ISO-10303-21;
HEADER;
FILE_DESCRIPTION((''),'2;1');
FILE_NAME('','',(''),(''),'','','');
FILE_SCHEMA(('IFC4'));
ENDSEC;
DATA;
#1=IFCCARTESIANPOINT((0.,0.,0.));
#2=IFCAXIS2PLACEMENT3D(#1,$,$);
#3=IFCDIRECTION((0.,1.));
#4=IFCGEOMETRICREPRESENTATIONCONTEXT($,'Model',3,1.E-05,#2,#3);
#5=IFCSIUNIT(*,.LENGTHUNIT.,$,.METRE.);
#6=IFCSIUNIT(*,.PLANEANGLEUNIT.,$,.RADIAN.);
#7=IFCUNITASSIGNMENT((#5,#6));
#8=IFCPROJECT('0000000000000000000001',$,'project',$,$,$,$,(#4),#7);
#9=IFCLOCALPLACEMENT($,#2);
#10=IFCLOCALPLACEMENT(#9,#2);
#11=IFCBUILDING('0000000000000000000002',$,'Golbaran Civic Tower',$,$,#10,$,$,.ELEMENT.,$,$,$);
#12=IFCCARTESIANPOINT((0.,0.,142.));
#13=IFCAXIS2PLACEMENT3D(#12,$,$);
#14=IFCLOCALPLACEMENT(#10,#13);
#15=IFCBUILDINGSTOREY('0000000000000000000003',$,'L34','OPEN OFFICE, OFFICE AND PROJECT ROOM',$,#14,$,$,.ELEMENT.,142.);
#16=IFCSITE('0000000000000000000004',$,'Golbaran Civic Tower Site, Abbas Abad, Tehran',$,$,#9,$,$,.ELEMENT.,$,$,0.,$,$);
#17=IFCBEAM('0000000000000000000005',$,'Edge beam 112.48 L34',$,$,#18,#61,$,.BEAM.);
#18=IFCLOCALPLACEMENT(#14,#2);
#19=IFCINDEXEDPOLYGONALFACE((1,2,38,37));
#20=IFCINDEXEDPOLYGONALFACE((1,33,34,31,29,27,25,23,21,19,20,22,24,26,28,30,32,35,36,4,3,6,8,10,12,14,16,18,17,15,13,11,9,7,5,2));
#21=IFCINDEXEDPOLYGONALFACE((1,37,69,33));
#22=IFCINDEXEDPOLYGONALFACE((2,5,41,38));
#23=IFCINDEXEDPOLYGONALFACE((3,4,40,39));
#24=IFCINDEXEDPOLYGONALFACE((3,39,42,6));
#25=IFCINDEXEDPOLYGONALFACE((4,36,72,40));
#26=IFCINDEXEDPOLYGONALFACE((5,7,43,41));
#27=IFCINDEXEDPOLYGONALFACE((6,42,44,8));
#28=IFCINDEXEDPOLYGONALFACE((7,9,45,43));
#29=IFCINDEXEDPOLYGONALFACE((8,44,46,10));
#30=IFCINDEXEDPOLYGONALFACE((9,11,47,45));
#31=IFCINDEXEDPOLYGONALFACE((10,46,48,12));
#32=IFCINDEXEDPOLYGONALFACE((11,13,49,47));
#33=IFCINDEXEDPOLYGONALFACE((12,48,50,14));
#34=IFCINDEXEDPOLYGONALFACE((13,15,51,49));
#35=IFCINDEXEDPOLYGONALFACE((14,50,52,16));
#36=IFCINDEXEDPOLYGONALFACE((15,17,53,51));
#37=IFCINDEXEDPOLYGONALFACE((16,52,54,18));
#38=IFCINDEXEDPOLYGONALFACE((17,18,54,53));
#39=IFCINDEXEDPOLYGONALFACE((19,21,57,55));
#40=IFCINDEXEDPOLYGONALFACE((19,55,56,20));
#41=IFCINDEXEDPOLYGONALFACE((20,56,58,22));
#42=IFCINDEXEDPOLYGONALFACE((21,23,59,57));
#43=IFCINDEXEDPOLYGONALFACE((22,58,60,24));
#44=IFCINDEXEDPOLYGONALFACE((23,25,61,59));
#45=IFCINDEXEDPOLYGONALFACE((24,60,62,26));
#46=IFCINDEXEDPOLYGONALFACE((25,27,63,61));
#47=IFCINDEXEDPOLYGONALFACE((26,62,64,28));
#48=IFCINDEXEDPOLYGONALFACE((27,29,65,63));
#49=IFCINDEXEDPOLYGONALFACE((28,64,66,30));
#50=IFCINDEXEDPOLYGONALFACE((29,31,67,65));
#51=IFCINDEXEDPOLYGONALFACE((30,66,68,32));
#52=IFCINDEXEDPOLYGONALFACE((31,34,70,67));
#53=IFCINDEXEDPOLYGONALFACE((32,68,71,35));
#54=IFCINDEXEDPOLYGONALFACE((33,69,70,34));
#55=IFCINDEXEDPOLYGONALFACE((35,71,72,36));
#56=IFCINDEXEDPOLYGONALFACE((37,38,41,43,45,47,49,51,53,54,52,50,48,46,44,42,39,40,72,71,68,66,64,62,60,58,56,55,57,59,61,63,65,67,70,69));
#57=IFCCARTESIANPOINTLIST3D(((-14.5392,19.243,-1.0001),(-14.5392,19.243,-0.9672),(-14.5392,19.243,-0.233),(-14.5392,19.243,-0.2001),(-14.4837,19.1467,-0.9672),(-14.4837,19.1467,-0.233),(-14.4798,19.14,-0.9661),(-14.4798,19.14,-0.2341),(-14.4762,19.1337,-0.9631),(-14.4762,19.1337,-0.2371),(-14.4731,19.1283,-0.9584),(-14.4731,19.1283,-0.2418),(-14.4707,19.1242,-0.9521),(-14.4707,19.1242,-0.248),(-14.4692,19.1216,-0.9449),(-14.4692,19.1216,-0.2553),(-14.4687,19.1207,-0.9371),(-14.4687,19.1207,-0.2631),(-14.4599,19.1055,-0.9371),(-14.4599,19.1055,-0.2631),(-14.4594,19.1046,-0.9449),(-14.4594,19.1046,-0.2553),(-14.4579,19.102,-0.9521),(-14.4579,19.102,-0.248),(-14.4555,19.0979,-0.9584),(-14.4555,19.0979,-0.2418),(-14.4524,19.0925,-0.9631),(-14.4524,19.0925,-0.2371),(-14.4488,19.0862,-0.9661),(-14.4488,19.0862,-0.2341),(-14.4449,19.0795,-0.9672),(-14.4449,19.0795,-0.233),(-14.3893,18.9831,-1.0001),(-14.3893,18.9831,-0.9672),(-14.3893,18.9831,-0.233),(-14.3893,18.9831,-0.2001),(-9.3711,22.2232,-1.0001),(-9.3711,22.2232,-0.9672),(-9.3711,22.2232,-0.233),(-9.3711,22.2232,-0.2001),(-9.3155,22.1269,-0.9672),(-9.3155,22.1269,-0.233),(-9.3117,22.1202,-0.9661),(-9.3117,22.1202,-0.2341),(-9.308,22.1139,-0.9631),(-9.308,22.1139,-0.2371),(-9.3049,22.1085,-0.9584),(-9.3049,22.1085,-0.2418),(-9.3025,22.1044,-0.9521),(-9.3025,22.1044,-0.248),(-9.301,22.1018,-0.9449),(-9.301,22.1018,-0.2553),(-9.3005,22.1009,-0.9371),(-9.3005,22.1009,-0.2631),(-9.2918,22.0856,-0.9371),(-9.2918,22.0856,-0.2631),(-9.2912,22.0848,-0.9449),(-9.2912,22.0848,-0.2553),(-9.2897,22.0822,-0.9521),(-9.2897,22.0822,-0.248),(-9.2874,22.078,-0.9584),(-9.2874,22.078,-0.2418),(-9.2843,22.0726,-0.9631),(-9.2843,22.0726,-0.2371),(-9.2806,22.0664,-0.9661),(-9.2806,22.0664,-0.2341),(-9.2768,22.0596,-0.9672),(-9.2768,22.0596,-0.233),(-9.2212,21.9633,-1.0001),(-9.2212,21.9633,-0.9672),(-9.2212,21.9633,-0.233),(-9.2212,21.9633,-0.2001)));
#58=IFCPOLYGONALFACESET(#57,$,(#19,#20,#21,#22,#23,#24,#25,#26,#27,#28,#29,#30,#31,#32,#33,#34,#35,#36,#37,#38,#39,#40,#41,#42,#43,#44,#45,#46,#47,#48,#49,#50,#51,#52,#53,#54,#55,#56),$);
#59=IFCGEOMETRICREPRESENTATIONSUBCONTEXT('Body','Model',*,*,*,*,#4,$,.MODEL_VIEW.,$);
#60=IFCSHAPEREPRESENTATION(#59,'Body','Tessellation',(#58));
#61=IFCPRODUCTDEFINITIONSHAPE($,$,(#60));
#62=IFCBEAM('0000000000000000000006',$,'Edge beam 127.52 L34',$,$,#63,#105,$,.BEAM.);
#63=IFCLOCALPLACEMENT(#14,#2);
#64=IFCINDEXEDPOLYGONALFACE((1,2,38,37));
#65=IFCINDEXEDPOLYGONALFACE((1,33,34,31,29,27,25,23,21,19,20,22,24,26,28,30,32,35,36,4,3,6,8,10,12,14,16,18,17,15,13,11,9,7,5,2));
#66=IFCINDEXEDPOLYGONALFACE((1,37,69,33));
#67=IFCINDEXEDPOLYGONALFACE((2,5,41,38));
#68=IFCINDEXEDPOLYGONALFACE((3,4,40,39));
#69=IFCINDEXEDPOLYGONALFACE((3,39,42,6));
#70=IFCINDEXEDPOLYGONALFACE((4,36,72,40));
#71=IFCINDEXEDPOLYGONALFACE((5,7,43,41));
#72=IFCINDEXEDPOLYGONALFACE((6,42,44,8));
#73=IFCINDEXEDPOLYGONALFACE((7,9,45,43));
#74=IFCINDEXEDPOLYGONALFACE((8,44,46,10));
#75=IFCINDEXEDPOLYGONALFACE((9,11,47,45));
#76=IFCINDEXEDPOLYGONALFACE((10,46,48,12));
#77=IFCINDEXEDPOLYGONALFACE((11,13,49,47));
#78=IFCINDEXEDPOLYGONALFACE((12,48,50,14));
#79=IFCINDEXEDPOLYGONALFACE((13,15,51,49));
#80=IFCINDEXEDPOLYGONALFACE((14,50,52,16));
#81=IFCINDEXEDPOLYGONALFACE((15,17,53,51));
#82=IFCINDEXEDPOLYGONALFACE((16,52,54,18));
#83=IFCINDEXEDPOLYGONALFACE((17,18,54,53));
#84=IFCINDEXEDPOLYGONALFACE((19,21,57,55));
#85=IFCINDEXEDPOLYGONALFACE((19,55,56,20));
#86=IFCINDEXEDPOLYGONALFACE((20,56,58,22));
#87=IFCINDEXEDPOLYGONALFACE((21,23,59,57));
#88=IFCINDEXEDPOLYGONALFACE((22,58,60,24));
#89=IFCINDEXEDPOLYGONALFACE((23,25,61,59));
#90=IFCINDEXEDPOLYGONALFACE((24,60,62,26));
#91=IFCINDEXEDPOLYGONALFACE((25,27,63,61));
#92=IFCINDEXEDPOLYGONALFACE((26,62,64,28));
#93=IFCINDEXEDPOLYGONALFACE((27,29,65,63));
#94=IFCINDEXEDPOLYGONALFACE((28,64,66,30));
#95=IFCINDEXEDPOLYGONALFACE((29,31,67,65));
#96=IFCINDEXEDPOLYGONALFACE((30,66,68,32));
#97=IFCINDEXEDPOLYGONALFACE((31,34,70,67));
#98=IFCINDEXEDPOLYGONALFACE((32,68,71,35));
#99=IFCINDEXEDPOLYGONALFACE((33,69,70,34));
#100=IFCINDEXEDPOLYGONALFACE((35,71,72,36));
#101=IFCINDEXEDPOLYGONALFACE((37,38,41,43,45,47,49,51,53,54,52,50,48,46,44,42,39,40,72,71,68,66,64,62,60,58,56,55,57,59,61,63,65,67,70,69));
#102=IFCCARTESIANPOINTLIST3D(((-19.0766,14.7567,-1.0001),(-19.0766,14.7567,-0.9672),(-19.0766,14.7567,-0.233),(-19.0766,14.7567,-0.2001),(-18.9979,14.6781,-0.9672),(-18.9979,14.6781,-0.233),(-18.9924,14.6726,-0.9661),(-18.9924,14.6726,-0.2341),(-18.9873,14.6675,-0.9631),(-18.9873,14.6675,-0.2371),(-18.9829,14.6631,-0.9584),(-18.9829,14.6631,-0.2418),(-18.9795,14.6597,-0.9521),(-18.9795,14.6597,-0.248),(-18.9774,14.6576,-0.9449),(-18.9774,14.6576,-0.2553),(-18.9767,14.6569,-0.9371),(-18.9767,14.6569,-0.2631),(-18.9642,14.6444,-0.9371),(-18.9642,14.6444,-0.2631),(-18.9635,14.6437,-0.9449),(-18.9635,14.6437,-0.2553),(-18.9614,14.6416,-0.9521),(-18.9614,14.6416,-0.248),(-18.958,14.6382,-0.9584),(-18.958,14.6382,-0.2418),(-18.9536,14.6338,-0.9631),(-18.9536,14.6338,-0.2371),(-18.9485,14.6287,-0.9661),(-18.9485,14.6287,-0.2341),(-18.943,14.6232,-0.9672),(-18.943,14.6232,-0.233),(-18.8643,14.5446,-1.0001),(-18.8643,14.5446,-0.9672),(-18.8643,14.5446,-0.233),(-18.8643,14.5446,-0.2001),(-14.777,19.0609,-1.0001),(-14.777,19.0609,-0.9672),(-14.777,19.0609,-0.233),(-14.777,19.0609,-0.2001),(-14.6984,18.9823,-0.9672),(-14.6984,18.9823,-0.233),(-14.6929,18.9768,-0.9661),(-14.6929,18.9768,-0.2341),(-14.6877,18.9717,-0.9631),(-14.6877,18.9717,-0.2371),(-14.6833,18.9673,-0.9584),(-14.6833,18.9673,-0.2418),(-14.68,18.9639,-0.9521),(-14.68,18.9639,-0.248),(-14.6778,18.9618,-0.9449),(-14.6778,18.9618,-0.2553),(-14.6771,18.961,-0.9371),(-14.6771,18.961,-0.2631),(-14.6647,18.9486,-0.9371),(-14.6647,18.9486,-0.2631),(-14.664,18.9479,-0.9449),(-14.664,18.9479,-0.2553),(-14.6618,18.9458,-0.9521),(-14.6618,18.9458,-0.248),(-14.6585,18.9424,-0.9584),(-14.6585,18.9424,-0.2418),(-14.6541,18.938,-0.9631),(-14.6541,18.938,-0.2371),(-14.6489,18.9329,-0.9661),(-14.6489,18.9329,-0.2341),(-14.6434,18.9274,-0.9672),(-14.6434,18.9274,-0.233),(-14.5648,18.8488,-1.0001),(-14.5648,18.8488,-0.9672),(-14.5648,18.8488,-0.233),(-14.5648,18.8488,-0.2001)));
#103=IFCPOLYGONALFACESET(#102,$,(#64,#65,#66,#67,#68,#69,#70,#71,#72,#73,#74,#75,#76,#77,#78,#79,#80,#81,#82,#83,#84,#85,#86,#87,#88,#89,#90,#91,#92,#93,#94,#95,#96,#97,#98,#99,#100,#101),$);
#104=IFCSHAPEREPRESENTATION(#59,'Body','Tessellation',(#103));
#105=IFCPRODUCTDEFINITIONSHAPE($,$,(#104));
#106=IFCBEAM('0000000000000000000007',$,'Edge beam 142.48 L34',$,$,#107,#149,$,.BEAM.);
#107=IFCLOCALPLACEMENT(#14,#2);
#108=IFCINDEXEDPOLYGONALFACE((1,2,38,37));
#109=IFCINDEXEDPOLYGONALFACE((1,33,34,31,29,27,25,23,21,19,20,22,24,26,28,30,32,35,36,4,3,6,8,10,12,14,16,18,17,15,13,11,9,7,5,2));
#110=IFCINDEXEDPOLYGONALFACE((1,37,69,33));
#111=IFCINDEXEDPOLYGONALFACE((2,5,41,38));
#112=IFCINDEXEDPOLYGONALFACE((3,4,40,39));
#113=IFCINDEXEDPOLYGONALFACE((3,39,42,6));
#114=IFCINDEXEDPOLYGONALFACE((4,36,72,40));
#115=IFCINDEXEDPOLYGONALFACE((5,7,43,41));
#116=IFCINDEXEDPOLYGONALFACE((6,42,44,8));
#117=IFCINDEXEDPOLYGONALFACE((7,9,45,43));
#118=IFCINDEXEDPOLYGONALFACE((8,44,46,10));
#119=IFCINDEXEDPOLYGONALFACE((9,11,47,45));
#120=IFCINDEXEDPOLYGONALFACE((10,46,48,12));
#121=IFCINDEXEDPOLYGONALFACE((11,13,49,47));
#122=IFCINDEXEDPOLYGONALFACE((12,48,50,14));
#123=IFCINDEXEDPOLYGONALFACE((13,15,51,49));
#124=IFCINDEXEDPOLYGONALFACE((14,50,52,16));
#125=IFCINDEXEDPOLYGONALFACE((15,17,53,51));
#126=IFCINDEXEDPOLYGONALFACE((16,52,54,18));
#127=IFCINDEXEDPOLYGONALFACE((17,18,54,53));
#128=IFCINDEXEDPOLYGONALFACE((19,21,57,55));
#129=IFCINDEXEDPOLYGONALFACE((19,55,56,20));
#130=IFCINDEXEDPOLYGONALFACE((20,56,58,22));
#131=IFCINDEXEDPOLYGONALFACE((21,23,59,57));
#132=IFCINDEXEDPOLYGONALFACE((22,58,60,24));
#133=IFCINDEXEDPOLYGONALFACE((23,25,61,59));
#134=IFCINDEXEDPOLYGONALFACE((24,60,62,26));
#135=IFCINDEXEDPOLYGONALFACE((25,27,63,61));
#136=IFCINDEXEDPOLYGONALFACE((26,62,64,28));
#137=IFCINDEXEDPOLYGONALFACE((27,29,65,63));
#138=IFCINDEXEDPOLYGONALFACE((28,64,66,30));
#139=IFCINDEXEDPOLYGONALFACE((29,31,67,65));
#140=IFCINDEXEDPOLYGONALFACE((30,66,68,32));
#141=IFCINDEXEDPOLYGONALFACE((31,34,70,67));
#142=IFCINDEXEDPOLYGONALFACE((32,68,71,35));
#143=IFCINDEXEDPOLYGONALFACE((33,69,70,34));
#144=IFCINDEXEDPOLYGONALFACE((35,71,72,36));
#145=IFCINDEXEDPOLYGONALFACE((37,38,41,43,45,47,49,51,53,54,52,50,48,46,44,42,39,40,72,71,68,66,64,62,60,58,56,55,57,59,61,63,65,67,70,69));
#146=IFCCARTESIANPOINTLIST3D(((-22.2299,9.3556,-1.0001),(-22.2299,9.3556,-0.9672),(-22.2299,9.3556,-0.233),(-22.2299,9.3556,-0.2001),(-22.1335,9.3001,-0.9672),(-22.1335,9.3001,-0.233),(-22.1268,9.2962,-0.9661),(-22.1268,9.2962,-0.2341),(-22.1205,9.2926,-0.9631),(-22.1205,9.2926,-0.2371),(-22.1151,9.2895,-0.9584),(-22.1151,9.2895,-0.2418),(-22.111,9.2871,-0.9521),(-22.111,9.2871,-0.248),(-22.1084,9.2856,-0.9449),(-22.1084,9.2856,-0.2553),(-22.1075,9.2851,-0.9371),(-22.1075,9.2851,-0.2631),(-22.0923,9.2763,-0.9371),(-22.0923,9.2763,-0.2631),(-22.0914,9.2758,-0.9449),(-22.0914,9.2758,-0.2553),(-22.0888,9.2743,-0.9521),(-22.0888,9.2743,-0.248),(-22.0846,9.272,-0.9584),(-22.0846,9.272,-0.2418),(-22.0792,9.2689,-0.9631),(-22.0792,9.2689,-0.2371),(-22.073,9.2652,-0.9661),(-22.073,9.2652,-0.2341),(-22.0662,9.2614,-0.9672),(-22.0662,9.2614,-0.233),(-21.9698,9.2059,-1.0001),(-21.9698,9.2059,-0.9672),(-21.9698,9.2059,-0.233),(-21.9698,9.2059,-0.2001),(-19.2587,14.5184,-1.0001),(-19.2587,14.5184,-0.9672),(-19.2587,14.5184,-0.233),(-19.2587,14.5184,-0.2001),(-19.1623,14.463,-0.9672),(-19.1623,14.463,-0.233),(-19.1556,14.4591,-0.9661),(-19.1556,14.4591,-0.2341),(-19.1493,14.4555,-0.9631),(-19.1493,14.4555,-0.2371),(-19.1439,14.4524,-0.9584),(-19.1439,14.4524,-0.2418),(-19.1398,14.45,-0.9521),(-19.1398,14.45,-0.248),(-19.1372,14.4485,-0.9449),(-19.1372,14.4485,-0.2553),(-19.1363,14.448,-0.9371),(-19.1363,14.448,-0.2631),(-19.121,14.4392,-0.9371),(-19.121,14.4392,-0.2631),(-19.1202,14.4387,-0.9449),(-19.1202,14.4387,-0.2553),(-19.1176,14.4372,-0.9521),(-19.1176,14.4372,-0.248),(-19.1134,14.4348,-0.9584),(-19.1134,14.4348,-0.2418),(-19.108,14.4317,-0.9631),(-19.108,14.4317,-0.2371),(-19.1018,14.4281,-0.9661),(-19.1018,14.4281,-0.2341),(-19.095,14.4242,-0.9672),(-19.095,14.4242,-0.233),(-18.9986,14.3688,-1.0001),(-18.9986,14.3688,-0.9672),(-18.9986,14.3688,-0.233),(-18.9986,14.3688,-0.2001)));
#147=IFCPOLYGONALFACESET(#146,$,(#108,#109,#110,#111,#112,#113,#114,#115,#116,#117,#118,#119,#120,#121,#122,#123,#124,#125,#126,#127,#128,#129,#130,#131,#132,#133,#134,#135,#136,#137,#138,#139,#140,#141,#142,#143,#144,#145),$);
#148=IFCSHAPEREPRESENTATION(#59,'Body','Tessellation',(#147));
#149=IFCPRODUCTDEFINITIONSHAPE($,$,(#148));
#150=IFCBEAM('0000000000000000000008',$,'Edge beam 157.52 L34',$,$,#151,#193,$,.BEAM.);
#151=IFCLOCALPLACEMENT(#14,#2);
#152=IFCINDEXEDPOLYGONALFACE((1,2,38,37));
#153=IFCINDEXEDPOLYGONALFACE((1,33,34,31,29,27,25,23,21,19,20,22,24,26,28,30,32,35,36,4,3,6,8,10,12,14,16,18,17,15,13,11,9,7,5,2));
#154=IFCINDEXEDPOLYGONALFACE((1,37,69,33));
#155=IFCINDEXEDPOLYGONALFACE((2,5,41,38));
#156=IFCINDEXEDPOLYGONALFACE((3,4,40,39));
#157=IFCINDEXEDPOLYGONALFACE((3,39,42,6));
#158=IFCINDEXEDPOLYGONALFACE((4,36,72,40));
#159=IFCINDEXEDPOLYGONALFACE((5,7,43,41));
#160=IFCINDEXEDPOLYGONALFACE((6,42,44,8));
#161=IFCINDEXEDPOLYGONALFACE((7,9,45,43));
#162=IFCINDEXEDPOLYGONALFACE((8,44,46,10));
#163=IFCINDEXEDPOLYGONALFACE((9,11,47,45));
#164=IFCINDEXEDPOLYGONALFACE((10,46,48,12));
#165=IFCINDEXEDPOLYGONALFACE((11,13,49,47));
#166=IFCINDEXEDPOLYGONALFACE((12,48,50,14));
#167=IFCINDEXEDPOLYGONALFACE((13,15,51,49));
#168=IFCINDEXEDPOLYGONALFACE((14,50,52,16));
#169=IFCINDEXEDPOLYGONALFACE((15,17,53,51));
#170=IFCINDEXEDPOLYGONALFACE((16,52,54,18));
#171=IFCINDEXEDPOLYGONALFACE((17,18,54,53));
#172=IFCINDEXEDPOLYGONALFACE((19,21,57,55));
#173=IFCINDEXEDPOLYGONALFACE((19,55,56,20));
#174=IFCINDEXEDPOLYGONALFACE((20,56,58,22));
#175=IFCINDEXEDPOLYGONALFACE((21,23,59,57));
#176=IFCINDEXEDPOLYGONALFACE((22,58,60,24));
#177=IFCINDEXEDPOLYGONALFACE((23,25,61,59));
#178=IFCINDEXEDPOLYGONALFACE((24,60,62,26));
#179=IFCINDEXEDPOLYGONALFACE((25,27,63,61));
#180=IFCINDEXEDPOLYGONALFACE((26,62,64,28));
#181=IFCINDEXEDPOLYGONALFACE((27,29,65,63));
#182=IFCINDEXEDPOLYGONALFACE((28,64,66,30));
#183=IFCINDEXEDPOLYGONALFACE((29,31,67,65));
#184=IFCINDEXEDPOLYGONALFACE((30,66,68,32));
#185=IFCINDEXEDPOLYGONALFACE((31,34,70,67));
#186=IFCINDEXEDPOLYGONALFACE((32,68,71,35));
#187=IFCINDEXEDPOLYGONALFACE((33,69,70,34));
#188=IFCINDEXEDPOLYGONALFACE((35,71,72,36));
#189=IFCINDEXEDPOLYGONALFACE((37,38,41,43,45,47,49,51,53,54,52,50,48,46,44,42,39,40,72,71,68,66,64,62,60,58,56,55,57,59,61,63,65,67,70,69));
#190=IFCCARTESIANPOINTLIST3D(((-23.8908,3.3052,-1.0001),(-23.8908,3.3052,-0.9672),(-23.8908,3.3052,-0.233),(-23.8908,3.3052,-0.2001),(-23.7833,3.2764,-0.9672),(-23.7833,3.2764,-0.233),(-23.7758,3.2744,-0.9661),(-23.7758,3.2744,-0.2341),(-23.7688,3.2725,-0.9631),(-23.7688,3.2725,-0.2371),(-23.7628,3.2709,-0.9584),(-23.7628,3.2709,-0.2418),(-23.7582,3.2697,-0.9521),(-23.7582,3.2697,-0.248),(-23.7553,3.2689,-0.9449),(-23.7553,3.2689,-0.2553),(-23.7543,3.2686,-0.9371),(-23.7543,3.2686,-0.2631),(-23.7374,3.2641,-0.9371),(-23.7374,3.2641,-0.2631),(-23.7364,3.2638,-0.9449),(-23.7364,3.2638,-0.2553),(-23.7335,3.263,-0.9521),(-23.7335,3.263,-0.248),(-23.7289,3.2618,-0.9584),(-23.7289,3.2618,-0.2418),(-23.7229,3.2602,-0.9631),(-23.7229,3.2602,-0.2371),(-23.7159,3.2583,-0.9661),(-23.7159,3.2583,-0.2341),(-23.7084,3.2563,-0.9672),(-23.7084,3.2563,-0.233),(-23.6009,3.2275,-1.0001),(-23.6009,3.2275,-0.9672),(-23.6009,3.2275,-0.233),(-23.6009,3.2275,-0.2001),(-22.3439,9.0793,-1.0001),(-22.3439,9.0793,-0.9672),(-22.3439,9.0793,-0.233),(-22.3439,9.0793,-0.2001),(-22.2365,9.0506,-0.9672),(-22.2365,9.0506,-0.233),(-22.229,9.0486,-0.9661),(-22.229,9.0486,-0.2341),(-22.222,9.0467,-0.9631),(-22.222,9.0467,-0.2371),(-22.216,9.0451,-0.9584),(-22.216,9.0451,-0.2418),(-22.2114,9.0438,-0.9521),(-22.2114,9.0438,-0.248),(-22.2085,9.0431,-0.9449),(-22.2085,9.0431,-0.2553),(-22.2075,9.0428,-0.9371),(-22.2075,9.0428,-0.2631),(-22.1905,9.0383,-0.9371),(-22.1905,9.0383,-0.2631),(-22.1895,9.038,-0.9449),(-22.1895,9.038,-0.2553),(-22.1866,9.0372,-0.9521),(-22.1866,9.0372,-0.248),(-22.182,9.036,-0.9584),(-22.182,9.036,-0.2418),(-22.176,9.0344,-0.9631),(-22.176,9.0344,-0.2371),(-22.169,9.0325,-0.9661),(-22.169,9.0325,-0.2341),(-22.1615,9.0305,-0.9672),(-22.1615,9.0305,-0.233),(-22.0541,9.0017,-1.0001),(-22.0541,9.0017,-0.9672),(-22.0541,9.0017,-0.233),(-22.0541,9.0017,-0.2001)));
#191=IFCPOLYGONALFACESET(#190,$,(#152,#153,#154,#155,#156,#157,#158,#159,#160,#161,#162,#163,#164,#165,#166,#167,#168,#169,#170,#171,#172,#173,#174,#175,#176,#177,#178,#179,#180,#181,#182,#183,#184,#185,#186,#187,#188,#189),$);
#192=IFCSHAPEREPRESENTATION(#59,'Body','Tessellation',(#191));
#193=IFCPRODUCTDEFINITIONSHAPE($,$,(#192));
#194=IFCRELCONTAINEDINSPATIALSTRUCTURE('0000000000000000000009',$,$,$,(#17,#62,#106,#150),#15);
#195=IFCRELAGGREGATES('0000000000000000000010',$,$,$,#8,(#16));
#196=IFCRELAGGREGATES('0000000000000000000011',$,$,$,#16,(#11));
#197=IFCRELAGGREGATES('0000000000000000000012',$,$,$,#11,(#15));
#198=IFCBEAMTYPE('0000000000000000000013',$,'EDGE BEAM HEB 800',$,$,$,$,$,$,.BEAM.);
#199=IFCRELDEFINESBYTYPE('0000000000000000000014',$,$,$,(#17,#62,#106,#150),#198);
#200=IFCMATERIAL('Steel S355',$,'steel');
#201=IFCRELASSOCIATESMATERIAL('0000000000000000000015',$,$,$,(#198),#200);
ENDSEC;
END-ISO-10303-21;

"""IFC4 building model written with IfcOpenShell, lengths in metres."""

from ifc_helpers import new_model, si_unit, direction, frame, origin, origin_2d, place, context, subcontext, project, spatial, i_section, extrude, material, material_profile, profile_set, type_object, element, save


model = new_model("IFC4")

# Units and contexts
model_context = context("Model", 3, precision=1e-05, world=origin(), true_north=direction((0.0, 1.0)))
body_context = subcontext(model_context, "Body", "Model", "MODEL_VIEW")
ifc_project = project(units=[si_unit("LENGTHUNIT", "METRE"), si_unit("PLANEANGLEUNIT", "RADIAN")], contexts=[model_context])

# Site, building, storey
site_placement = place(None, origin())
site = spatial("IfcSite", under=ifc_project, at=site_placement, Name="Golbaran Civic Tower Site, Abbas Abad, Tehran", CompositionType="ELEMENT", RefElevation=0.0)
building_placement = place(site_placement, origin())
building = spatial("IfcBuilding", under=site, at=building_placement, Name="Golbaran Civic Tower", CompositionType="ELEMENT")
storey_placement = place(building_placement, frame((0.0, 0.0, 142.0)))
storey = spatial("IfcBuildingStorey", under=building, at=storey_placement, Name="L34", Description="OPEN OFFICE, OFFICE AND PROJECT ROOM", CompositionType="ELEMENT", Elevation=142.0)

# Beams
ifc_material_1 = material(Name="Steel S355", Category="steel")
ifc_material_profile_1 = material_profile(ifc_material_1, i_section(OverallWidth=0.3, OverallDepth=0.8, WebThickness=0.0176, FlangeThickness=0.033, FilletRadius=0.03, at=origin_2d()), Name="HEB 800")
ifc_profile_set_1 = profile_set([ifc_material_profile_1], Name="Steel S355")
beam_type_1 = type_object("IfcBeamType", Name="EDGE BEAM HEB 800", PredefinedType="BEAM", material=ifc_profile_set_1)
beam_1_placement = place(storey_placement, frame((-9.2961, 22.0933, -0.6001), z_axis=(-0.86629, -0.499542, 0.0), x_axis=(0.499542, -0.86629, 0.0)))
element("IfcBeam", 1, at=beam_1_placement, inside=storey, type_object=beam_type_1, Name="Edge beam 112.48 L34", PredefinedType="BEAM", context=body_context, shape_type="SweptSolid", body=[
    extrude(i_section(OverallWidth=0.3, OverallDepth=0.8, WebThickness=0.0176, FlangeThickness=0.033, FilletRadius=0.03, at=origin_2d()), origin(), (0.0, 0.0, 1.0), 5.9658),
])
beam_2_placement = place(storey_placement, frame((-14.6709, 18.9548, -0.6001), z_axis=(-0.706725, -0.707488, 0.0), x_axis=(0.707488, -0.706725, 0.0)))
element("IfcBeam", 2, at=beam_2_placement, inside=storey, type_object=beam_type_1, Name="Edge beam 127.52 L34", PredefinedType="BEAM", context=body_context, shape_type="SweptSolid", body=[
    extrude(i_section(OverallWidth=0.3, OverallDepth=0.8, WebThickness=0.0176, FlangeThickness=0.033, FilletRadius=0.03, at=origin_2d()), origin(), (0.0, 0.0, 1.0), 6.0837),
])
beam_3_placement = place(storey_placement, frame((-19.1287, 14.4436, -0.6001), z_axis=(-0.498794, -0.866721, 0.0), x_axis=(0.866721, -0.498794, 0.0)))
element("IfcBeam", 3, at=beam_3_placement, inside=storey, type_object=beam_type_1, Name="Edge beam 142.48 L34", PredefinedType="BEAM", context=body_context, shape_type="SweptSolid", body=[
    extrude(i_section(OverallWidth=0.3, OverallDepth=0.8, WebThickness=0.0176, FlangeThickness=0.033, FilletRadius=0.03, at=origin_2d()), origin(), (0.0, 0.0, 1.0), 5.9568),
])
beam_4_placement = place(storey_placement, frame((-22.199, 9.0405, -0.6001), z_axis=(-0.258771, -0.965939, 0.0), x_axis=(0.965939, -0.258771, 0.0)))
element("IfcBeam", 4, at=beam_4_placement, inside=storey, type_object=beam_type_1, Name="Edge beam 157.52 L34", PredefinedType="BEAM", context=body_context, shape_type="SweptSolid", body=[
    extrude(i_section(OverallWidth=0.3, OverallDepth=0.8, WebThickness=0.0176, FlangeThickness=0.033, FilletRadius=0.03, at=origin_2d()), origin(), (0.0, 0.0, 1.0), 5.9778),
])

save(model, "model.ifc")
